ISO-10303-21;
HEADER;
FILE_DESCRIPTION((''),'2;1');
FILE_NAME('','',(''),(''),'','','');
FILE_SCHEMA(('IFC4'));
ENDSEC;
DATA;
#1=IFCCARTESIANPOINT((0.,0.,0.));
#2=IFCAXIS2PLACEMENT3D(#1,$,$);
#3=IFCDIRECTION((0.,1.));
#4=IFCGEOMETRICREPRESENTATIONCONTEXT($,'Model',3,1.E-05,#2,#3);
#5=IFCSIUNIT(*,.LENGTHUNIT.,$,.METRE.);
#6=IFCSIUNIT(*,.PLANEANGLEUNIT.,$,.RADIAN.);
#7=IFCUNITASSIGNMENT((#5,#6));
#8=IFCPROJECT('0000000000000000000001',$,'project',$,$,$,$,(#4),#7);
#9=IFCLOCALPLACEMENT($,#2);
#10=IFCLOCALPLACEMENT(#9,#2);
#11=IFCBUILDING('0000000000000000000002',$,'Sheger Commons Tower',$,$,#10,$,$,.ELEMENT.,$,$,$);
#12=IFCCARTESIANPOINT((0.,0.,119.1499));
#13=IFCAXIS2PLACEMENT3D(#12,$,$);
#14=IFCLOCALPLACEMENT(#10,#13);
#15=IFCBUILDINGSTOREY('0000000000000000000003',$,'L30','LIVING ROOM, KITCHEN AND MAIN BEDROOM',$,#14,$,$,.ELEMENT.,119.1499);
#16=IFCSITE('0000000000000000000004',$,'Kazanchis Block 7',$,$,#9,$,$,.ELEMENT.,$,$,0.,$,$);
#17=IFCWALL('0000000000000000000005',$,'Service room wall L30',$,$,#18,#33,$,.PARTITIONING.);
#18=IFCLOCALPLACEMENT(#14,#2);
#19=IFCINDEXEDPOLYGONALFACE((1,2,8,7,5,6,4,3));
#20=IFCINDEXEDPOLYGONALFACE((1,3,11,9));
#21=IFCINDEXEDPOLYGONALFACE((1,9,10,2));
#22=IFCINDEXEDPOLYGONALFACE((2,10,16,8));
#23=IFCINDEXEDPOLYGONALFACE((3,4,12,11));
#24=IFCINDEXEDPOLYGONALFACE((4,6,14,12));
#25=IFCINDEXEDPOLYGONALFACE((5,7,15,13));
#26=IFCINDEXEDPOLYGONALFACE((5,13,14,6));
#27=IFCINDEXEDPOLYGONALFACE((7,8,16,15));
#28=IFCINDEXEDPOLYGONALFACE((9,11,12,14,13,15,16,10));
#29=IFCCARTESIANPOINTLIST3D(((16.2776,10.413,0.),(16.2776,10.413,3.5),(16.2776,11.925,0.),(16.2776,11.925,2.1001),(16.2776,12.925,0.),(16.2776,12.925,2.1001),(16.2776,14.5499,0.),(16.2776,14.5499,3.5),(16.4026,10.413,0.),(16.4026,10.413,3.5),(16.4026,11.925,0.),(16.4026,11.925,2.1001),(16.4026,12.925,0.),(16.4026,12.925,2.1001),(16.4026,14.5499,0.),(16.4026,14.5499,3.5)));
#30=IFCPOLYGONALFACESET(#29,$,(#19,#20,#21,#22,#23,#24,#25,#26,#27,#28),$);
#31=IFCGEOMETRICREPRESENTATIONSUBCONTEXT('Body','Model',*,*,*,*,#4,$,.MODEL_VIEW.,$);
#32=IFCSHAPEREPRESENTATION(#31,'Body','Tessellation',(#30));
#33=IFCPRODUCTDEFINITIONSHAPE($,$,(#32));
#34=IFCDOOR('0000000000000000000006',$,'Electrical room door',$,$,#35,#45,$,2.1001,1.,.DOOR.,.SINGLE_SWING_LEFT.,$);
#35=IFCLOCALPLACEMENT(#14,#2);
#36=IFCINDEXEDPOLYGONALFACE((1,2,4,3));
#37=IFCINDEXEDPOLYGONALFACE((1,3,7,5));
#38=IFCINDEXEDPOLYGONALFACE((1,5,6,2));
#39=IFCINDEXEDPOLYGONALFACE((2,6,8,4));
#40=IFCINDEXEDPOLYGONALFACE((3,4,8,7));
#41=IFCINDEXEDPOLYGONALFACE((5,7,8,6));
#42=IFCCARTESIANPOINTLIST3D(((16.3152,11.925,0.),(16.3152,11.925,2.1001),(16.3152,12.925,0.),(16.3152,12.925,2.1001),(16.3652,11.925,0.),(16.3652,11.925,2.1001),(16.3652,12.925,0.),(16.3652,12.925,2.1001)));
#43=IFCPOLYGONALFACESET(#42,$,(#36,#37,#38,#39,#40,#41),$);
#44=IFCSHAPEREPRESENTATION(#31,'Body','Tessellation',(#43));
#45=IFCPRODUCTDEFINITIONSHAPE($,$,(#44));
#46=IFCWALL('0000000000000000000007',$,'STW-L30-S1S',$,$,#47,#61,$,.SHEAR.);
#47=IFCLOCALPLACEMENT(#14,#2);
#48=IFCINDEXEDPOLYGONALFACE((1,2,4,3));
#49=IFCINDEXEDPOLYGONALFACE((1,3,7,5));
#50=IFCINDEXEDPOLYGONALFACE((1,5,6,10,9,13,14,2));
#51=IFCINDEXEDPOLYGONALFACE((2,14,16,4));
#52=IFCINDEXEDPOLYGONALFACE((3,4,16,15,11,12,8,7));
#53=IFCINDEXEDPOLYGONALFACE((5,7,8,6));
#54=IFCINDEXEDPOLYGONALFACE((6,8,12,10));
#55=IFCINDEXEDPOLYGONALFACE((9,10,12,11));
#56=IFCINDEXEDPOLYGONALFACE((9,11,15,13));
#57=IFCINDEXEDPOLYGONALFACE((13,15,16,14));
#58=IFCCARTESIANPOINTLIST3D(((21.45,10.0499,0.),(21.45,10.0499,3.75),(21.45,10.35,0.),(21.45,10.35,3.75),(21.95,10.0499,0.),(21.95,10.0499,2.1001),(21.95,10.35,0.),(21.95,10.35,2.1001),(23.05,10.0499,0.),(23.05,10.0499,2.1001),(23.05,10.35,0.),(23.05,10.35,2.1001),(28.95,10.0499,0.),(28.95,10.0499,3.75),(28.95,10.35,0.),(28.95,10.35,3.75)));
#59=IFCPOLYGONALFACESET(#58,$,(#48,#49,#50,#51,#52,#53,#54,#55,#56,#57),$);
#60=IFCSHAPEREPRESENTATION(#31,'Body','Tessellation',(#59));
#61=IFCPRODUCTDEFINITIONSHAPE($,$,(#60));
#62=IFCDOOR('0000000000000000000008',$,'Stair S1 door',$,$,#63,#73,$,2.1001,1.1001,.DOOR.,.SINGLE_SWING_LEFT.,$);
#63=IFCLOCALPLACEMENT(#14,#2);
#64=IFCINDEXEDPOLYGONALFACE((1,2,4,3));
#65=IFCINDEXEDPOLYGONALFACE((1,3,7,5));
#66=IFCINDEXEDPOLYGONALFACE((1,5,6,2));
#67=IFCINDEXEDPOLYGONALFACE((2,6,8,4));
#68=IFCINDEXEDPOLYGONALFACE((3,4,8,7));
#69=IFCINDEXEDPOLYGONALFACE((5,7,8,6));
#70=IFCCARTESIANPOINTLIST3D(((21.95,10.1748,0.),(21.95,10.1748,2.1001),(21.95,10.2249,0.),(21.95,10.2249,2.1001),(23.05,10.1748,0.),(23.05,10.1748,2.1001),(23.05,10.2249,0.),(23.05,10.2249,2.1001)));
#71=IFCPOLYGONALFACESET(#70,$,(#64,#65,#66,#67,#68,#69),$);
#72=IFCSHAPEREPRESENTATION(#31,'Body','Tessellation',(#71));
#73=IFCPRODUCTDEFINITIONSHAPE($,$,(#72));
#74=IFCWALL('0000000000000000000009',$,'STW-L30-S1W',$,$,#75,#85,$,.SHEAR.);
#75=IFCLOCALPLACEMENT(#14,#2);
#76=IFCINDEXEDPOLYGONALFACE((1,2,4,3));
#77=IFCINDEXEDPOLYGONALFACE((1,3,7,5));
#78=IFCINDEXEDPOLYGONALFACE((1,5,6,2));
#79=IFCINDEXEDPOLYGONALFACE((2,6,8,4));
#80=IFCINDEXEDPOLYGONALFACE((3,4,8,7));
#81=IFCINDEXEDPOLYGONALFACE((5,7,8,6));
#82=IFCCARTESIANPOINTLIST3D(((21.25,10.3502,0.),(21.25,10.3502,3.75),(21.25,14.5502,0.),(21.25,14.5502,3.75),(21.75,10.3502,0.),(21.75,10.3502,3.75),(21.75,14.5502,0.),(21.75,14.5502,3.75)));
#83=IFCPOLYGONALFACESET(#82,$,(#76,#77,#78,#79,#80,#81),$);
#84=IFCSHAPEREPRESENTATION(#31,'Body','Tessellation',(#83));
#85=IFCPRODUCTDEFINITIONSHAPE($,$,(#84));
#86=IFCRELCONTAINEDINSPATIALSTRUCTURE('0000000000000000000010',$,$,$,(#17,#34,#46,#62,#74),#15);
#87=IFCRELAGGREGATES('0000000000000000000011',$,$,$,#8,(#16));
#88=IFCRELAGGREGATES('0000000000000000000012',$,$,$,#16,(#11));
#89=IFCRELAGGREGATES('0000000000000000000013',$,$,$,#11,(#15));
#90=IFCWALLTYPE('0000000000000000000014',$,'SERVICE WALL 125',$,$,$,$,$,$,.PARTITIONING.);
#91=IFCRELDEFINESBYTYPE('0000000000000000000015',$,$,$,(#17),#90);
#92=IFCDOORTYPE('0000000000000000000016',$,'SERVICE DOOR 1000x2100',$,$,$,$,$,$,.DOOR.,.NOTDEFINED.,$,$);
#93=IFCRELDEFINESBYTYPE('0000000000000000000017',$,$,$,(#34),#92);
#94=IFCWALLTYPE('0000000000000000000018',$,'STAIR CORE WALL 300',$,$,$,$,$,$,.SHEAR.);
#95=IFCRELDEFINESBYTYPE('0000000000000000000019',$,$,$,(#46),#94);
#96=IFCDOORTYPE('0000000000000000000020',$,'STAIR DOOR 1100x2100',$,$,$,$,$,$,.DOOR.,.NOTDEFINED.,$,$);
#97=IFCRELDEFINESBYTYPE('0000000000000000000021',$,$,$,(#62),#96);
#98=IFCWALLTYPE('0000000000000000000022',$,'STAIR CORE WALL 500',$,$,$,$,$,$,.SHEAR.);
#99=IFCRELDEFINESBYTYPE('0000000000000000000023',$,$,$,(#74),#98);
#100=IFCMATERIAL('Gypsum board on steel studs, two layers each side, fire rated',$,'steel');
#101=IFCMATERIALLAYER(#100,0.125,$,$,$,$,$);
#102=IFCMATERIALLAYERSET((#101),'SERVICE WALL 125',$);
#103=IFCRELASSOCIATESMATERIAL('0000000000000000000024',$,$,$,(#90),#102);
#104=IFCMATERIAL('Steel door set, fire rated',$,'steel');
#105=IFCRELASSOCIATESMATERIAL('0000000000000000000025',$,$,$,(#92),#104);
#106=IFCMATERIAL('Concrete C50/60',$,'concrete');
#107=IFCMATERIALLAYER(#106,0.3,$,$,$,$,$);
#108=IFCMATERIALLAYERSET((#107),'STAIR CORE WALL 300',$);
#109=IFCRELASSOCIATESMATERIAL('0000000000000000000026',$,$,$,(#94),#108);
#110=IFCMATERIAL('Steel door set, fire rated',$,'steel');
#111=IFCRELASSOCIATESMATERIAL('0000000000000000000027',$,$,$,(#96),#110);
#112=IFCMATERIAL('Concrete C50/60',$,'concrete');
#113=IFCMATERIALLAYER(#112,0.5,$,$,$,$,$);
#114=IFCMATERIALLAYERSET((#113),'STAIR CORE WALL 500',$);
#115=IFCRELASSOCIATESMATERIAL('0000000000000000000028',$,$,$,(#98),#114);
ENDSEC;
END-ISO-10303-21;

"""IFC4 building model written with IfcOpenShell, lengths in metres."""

from ifc_helpers import new_model, si_unit, direction, frame, frame_2d, origin, place, context, subcontext, project, spatial, rectangle, extrude, material, layer, layer_set, type_object, element, fill, save


model = new_model("IFC4")

# Units and contexts
model_context = context("Model", 3, precision=1e-05, world=origin(), true_north=direction((0.0, 1.0)))
body_context = subcontext(model_context, "Body", "Model", "MODEL_VIEW")
ifc_project = project(units=[si_unit("LENGTHUNIT", "METRE"), si_unit("PLANEANGLEUNIT", "RADIAN")], contexts=[model_context])

# Site, building, storey
site_placement = place(None, origin())
site = spatial("IfcSite", under=ifc_project, at=site_placement, Name="Kazanchis Block 7", CompositionType="ELEMENT", RefElevation=0.0)
building_placement = place(site_placement, origin())
building = spatial("IfcBuilding", under=site, at=building_placement, Name="Sheger Commons Tower", CompositionType="ELEMENT")
storey_placement = place(building_placement, frame((0.0, 0.0, 119.1499)))
storey = spatial("IfcBuildingStorey", under=building, at=storey_placement, Name="L30", Description="LIVING ROOM, KITCHEN AND MAIN BEDROOM", CompositionType="ELEMENT", Elevation=119.1499)

# Shared definitions
ifc_material_1 = material(Name="Gypsum board on steel studs, two layers each side, fire rated", Category="steel")
ifc_layer_1 = layer(ifc_material_1, 0.125)
ifc_layer_set_1 = layer_set([ifc_layer_1], Name="SERVICE WALL 125")
wall_type_1 = type_object("IfcWallType", Name="SERVICE WALL 125", PredefinedType="PARTITIONING", material=ifc_layer_set_1)
ifc_material_2 = material(Name="Steel door set, fire rated", Category="steel")
door_type_1 = type_object("IfcDoorType", Name="SERVICE DOOR 1000x2100", OperationType="NOTDEFINED", PredefinedType="DOOR", material=ifc_material_2)

# Walls, openings, doors
wall_1_placement = place(storey_placement, frame((16.3401, 10.4131, 0.0), z_axis=(0.0, 0.0, 1.0), x_axis=(0.0, 1.0, 0.0)))
wall_1 = element("IfcWall", 1, at=wall_1_placement, inside=storey, type_object=wall_type_1, Name="Service room wall L30", PredefinedType="PARTITIONING", context=body_context, shape_type="SweptSolid", body=[
    extrude(rectangle(XDim=4.137, YDim=0.125, at=frame_2d((2.0684, 0.0))), origin(), (0.0, 0.0, 1.0), 3.5),
])
opening_1_placement = place(wall_1_placement, frame((1.512, 0.0, 0.0)))
opening_1 = element("IfcOpeningElement", 2, at=opening_1_placement, cuts=wall_1, PredefinedType="OPENING", context=body_context, shape_type="SweptSolid", body=[
    extrude(rectangle(XDim=1.0, YDim=2.1001, at=frame_2d((0.5, 1.05))), frame((0.0, 0.0725, 0.0), z_axis=(0.0, -1.0, 0.0), x_axis=(1.0, 0.0, 0.0)), (0.0, 0.0, 1.0), 0.145),
])
door_1_placement = place(opening_1_placement, origin())
door_1 = element("IfcDoor", 3, at=door_1_placement, inside=storey, type_object=door_type_1, Name="Electrical room door", OperationType="SINGLE_SWING_LEFT", OverallHeight=2.1001, OverallWidth=1.0, PredefinedType="DOOR", context=body_context, shape_type="SweptSolid", body=[
    extrude(rectangle(XDim=1.0, YDim=2.1001, at=frame_2d((0.5, 1.05))), frame((0.0, 0.0249, 0.0), z_axis=(0.0, -1.0, 0.0), x_axis=(1.0, 0.0, 0.0)), (0.0, 0.0, 1.0), 0.05),
])
fill(opening_1, door_1)
ifc_material_3 = material(Name="Concrete C50/60", Category="concrete")
ifc_layer_2 = layer(ifc_material_3, 0.3)
ifc_layer_set_2 = layer_set([ifc_layer_2], Name="STAIR CORE WALL 300")
wall_type_2 = type_object("IfcWallType", Name="STAIR CORE WALL 300", PredefinedType="SHEAR", material=ifc_layer_set_2)
wall_2_placement = place(storey_placement, frame((21.45, 10.2, 0.0), z_axis=(0.0, 0.0, 1.0), x_axis=(1.0, 0.0, 0.0)))
wall_2 = element("IfcWall", 4, at=wall_2_placement, inside=storey, type_object=wall_type_2, Name="STW-L30-S1S", PredefinedType="SHEAR", context=body_context, shape_type="SweptSolid", body=[
    extrude(rectangle(XDim=7.5, YDim=0.3, at=frame_2d((3.75, 0.0))), origin(), (0.0, 0.0, 1.0), 3.75),
])
opening_2_placement = place(wall_2_placement, frame((0.5, 0.0, 0.0)))
opening_2 = element("IfcOpeningElement", 5, at=opening_2_placement, cuts=wall_2, PredefinedType="OPENING", context=body_context, shape_type="SweptSolid", body=[
    extrude(rectangle(XDim=1.1001, YDim=2.1001, at=frame_2d((0.55, 1.05))), frame((0.0, 0.1599, 0.0), z_axis=(0.0, -1.0, 0.0), x_axis=(1.0, 0.0, 0.0)), (0.0, 0.0, 1.0), 0.3201),
])
ifc_material_4 = material(Name="Steel door set, fire rated", Category="steel")
door_type_2 = type_object("IfcDoorType", Name="STAIR DOOR 1100x2100", OperationType="NOTDEFINED", PredefinedType="DOOR", material=ifc_material_4)
door_2_placement = place(opening_2_placement, origin())
door_2 = element("IfcDoor", 6, at=door_2_placement, inside=storey, type_object=door_type_2, Name="Stair S1 door", OperationType="SINGLE_SWING_LEFT", OverallHeight=2.1001, OverallWidth=1.1001, PredefinedType="DOOR", context=body_context, shape_type="SweptSolid", body=[
    extrude(rectangle(XDim=1.1001, YDim=2.1001, at=frame_2d((0.55, 1.05))), frame((0.0, 0.0249, 0.0), z_axis=(0.0, -1.0, 0.0), x_axis=(1.0, 0.0, 0.0)), (0.0, 0.0, 1.0), 0.05),
])
fill(opening_2, door_2)

# Wall
ifc_material_5 = material(Name="Concrete C50/60", Category="concrete")
ifc_layer_3 = layer(ifc_material_5, 0.5)
ifc_layer_set_3 = layer_set([ifc_layer_3], Name="STAIR CORE WALL 500")
wall_type_3 = type_object("IfcWallType", Name="STAIR CORE WALL 500", PredefinedType="SHEAR", material=ifc_layer_set_3)
wall_3_placement = place(storey_placement, frame((21.5, 10.3501, 0.0), z_axis=(0.0, 0.0, 1.0), x_axis=(0.0, 1.0, 0.0)))
element("IfcWall", 7, at=wall_3_placement, inside=storey, type_object=wall_type_3, Name="STW-L30-S1W", PredefinedType="SHEAR", context=body_context, shape_type="SweptSolid", body=[
    extrude(rectangle(XDim=4.2, YDim=0.5, at=frame_2d((2.1001, 0.0))), origin(), (0.0, 0.0, 1.0), 3.75),
])

save(model, "model.ifc")
